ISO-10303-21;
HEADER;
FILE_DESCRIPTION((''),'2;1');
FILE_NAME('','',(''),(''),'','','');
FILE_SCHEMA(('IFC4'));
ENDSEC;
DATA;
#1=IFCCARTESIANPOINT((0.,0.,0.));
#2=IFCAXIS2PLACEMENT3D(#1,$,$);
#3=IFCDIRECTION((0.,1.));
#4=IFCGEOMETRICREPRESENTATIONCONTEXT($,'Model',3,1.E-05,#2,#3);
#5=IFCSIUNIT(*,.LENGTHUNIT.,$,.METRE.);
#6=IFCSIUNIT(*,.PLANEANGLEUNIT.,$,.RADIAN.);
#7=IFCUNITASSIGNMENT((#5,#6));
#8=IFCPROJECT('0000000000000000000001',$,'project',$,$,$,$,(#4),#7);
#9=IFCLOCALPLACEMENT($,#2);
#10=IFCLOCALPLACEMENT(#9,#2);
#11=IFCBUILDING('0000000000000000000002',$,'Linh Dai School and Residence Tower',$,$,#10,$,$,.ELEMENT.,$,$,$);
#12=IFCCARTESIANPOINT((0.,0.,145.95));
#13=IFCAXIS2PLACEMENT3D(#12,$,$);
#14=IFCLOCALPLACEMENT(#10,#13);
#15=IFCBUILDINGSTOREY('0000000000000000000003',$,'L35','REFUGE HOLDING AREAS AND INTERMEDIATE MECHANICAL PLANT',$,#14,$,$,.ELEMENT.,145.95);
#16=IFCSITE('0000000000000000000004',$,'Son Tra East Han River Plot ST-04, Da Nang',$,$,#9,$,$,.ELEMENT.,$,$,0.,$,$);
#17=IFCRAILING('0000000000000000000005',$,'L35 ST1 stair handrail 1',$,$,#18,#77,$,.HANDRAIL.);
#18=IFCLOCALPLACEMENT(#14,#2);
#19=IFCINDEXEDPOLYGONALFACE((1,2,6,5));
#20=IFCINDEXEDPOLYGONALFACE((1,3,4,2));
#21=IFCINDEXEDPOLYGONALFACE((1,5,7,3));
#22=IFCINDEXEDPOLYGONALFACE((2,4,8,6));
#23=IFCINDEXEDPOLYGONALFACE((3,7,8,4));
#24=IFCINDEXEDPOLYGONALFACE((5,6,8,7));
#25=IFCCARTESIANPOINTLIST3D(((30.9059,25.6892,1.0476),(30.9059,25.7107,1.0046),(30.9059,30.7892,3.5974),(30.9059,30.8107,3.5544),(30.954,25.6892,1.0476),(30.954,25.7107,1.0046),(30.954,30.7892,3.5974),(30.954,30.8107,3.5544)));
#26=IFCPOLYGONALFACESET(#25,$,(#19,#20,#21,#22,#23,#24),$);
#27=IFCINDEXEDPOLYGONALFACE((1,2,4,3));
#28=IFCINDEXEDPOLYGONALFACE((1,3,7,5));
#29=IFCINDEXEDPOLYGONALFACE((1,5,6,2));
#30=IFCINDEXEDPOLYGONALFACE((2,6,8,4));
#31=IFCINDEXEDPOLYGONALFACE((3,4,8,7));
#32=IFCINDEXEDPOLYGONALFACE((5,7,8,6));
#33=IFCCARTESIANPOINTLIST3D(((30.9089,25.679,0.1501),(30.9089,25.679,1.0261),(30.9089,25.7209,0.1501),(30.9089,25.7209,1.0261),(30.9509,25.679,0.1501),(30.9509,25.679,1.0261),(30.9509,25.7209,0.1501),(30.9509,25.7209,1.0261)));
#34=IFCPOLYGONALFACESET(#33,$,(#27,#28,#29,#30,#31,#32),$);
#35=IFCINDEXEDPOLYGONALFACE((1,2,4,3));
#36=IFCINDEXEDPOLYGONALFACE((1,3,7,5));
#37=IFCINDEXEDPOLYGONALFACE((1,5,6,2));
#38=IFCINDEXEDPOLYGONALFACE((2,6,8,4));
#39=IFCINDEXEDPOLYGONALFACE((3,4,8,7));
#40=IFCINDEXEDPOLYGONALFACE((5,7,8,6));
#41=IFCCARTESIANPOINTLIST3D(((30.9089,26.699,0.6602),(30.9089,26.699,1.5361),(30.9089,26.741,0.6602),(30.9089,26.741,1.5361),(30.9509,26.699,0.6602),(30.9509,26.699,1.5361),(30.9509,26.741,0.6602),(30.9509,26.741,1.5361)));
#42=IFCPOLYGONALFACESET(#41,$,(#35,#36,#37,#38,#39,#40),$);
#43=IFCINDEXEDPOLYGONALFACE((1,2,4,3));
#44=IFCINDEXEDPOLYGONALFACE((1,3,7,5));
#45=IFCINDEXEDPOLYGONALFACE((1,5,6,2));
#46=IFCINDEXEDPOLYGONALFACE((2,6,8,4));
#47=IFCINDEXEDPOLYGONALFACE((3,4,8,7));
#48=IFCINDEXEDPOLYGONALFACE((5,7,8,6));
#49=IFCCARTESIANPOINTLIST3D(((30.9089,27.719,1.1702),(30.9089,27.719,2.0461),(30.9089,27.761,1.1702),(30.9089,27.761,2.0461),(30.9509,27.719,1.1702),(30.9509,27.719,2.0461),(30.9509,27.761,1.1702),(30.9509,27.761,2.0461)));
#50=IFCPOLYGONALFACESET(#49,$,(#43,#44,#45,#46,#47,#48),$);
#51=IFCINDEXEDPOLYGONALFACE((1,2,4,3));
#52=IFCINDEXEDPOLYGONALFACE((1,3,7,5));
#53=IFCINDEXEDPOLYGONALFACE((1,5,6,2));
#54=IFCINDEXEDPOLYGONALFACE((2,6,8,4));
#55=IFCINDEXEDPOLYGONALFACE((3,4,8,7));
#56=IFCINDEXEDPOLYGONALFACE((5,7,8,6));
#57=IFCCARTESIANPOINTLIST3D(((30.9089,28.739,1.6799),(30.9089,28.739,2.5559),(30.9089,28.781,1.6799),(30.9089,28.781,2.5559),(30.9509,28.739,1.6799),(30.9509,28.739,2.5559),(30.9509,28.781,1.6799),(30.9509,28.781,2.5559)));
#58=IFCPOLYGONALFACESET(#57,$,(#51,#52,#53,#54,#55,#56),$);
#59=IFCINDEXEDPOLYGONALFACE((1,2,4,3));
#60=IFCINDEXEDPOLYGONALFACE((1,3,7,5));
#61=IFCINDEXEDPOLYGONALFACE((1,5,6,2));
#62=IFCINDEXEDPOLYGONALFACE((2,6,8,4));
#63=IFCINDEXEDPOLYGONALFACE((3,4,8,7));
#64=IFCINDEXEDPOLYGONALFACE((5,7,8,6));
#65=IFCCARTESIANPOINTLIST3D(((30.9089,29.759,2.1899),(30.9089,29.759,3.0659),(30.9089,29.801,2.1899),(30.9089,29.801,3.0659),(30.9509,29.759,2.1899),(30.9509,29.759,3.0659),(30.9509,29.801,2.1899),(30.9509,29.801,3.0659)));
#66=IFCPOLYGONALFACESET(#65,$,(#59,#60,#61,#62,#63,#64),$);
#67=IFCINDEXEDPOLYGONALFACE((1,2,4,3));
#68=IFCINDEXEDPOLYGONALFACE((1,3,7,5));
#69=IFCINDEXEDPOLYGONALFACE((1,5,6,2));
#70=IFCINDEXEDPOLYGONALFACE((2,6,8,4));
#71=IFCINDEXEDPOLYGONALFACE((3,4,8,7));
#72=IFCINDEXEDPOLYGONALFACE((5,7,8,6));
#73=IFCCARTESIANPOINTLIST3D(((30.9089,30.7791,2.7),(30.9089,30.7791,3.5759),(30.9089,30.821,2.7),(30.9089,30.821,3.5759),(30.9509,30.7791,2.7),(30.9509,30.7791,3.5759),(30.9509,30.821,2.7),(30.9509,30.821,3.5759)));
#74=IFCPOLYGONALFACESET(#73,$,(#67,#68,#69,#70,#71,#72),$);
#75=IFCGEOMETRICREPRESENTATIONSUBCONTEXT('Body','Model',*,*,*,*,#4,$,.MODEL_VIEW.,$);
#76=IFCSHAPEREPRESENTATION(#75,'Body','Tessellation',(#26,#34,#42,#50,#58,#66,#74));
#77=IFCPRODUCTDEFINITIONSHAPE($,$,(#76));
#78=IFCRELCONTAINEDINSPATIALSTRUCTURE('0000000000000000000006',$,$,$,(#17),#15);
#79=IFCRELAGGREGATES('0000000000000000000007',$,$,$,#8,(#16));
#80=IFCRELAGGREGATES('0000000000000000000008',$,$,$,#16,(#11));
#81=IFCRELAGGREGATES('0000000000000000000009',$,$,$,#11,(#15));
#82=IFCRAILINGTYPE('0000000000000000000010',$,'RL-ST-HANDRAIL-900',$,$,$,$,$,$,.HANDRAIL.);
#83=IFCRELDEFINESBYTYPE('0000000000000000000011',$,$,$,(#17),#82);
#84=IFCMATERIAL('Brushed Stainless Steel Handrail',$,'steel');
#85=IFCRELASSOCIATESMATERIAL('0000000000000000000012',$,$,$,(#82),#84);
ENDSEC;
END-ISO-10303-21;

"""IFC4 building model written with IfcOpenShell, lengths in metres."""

from ifc_helpers import new_model, si_unit, direction, frame, origin, origin_2d, place, context, subcontext, project, spatial, rectangle, extrude, source, transform, mapped, material, type_object, element, save


model = new_model("IFC4")

# Units and contexts
model_context = context("Model", 3, precision=1e-05, world=origin(), true_north=direction((0.0, 1.0)))
body_context = subcontext(model_context, "Body", "Model", "MODEL_VIEW")
ifc_project = project(units=[si_unit("LENGTHUNIT", "METRE"), si_unit("PLANEANGLEUNIT", "RADIAN")], contexts=[model_context])

# Site, building, storey
site_placement = place(None, origin())
site = spatial("IfcSite", under=ifc_project, at=site_placement, Name="Son Tra East Han River Plot ST-04, Da Nang", CompositionType="ELEMENT", RefElevation=0.0)
building_placement = place(site_placement, origin())
building = spatial("IfcBuilding", under=site, at=building_placement, Name="Linh Dai School and Residence Tower", CompositionType="ELEMENT")
storey_placement = place(building_placement, frame((0.0, 0.0, 145.95)))
storey = spatial("IfcBuildingStorey", under=building, at=storey_placement, Name="L35", Description="REFUGE HOLDING AREAS AND INTERMEDIATE MECHANICAL PLANT", CompositionType="ELEMENT", Elevation=145.95)

# Railing
ifc_material_1 = material(Name="Brushed Stainless Steel Handrail", Category="steel")
railing_type_1 = type_object("IfcRailingType", Name="RL-ST-HANDRAIL-900", PredefinedType="HANDRAIL", material=ifc_material_1)
shared_shape_1 = source(origin(), body_context, "Body", "SweptSolid", [
    extrude(rectangle(XDim=0.0481, YDim=0.0481, at=origin_2d()), frame((0.0, 0.0, 0.876), z_axis=(0.0, 0.894444, 0.447179), x_axis=(-1.0, 0.0, 0.0)), (0.0, 0.0, 1.0), 5.7019),
    extrude(rectangle(XDim=0.042, YDim=0.042, at=origin_2d()), origin(), (0.0, 0.0, 1.0), 0.876),
    extrude(rectangle(XDim=0.042, YDim=0.042, at=origin_2d()), frame((0.0, 1.02, 0.51)), (0.0, 0.0, 1.0), 0.876),
    extrude(rectangle(XDim=0.042, YDim=0.042, at=origin_2d()), frame((0.0, 2.04, 1.02)), (0.0, 0.0, 1.0), 0.876),
    extrude(rectangle(XDim=0.042, YDim=0.042, at=origin_2d()), frame((0.0, 3.0601, 1.5298)), (0.0, 0.0, 1.0), 0.876),
    extrude(rectangle(XDim=0.042, YDim=0.042, at=origin_2d()), frame((0.0, 4.0801, 2.0398)), (0.0, 0.0, 1.0), 0.876),
    extrude(rectangle(XDim=0.042, YDim=0.042, at=origin_2d()), frame((0.0, 5.1001, 2.5498)), (0.0, 0.0, 1.0), 0.876),
])
railing_1_placement = place(storey_placement, frame((30.9299, 25.7, 0.1501)))
element("IfcRailing", 1, at=railing_1_placement, inside=storey, type_object=railing_type_1, Name="L35 ST1 stair handrail 1", PredefinedType="HANDRAIL", context=body_context, shape_type="MappedRepresentation", body=[
    mapped(shared_shape_1, transform((0.0, 0.0, 0.0), x_axis=(1.0, 0.0, 0.0), y_axis=(0.0, 1.0, 0.0), z_axis=(0.0, 0.0, 1.0), scale=1.0)),
])

save(model, "model.ifc")
